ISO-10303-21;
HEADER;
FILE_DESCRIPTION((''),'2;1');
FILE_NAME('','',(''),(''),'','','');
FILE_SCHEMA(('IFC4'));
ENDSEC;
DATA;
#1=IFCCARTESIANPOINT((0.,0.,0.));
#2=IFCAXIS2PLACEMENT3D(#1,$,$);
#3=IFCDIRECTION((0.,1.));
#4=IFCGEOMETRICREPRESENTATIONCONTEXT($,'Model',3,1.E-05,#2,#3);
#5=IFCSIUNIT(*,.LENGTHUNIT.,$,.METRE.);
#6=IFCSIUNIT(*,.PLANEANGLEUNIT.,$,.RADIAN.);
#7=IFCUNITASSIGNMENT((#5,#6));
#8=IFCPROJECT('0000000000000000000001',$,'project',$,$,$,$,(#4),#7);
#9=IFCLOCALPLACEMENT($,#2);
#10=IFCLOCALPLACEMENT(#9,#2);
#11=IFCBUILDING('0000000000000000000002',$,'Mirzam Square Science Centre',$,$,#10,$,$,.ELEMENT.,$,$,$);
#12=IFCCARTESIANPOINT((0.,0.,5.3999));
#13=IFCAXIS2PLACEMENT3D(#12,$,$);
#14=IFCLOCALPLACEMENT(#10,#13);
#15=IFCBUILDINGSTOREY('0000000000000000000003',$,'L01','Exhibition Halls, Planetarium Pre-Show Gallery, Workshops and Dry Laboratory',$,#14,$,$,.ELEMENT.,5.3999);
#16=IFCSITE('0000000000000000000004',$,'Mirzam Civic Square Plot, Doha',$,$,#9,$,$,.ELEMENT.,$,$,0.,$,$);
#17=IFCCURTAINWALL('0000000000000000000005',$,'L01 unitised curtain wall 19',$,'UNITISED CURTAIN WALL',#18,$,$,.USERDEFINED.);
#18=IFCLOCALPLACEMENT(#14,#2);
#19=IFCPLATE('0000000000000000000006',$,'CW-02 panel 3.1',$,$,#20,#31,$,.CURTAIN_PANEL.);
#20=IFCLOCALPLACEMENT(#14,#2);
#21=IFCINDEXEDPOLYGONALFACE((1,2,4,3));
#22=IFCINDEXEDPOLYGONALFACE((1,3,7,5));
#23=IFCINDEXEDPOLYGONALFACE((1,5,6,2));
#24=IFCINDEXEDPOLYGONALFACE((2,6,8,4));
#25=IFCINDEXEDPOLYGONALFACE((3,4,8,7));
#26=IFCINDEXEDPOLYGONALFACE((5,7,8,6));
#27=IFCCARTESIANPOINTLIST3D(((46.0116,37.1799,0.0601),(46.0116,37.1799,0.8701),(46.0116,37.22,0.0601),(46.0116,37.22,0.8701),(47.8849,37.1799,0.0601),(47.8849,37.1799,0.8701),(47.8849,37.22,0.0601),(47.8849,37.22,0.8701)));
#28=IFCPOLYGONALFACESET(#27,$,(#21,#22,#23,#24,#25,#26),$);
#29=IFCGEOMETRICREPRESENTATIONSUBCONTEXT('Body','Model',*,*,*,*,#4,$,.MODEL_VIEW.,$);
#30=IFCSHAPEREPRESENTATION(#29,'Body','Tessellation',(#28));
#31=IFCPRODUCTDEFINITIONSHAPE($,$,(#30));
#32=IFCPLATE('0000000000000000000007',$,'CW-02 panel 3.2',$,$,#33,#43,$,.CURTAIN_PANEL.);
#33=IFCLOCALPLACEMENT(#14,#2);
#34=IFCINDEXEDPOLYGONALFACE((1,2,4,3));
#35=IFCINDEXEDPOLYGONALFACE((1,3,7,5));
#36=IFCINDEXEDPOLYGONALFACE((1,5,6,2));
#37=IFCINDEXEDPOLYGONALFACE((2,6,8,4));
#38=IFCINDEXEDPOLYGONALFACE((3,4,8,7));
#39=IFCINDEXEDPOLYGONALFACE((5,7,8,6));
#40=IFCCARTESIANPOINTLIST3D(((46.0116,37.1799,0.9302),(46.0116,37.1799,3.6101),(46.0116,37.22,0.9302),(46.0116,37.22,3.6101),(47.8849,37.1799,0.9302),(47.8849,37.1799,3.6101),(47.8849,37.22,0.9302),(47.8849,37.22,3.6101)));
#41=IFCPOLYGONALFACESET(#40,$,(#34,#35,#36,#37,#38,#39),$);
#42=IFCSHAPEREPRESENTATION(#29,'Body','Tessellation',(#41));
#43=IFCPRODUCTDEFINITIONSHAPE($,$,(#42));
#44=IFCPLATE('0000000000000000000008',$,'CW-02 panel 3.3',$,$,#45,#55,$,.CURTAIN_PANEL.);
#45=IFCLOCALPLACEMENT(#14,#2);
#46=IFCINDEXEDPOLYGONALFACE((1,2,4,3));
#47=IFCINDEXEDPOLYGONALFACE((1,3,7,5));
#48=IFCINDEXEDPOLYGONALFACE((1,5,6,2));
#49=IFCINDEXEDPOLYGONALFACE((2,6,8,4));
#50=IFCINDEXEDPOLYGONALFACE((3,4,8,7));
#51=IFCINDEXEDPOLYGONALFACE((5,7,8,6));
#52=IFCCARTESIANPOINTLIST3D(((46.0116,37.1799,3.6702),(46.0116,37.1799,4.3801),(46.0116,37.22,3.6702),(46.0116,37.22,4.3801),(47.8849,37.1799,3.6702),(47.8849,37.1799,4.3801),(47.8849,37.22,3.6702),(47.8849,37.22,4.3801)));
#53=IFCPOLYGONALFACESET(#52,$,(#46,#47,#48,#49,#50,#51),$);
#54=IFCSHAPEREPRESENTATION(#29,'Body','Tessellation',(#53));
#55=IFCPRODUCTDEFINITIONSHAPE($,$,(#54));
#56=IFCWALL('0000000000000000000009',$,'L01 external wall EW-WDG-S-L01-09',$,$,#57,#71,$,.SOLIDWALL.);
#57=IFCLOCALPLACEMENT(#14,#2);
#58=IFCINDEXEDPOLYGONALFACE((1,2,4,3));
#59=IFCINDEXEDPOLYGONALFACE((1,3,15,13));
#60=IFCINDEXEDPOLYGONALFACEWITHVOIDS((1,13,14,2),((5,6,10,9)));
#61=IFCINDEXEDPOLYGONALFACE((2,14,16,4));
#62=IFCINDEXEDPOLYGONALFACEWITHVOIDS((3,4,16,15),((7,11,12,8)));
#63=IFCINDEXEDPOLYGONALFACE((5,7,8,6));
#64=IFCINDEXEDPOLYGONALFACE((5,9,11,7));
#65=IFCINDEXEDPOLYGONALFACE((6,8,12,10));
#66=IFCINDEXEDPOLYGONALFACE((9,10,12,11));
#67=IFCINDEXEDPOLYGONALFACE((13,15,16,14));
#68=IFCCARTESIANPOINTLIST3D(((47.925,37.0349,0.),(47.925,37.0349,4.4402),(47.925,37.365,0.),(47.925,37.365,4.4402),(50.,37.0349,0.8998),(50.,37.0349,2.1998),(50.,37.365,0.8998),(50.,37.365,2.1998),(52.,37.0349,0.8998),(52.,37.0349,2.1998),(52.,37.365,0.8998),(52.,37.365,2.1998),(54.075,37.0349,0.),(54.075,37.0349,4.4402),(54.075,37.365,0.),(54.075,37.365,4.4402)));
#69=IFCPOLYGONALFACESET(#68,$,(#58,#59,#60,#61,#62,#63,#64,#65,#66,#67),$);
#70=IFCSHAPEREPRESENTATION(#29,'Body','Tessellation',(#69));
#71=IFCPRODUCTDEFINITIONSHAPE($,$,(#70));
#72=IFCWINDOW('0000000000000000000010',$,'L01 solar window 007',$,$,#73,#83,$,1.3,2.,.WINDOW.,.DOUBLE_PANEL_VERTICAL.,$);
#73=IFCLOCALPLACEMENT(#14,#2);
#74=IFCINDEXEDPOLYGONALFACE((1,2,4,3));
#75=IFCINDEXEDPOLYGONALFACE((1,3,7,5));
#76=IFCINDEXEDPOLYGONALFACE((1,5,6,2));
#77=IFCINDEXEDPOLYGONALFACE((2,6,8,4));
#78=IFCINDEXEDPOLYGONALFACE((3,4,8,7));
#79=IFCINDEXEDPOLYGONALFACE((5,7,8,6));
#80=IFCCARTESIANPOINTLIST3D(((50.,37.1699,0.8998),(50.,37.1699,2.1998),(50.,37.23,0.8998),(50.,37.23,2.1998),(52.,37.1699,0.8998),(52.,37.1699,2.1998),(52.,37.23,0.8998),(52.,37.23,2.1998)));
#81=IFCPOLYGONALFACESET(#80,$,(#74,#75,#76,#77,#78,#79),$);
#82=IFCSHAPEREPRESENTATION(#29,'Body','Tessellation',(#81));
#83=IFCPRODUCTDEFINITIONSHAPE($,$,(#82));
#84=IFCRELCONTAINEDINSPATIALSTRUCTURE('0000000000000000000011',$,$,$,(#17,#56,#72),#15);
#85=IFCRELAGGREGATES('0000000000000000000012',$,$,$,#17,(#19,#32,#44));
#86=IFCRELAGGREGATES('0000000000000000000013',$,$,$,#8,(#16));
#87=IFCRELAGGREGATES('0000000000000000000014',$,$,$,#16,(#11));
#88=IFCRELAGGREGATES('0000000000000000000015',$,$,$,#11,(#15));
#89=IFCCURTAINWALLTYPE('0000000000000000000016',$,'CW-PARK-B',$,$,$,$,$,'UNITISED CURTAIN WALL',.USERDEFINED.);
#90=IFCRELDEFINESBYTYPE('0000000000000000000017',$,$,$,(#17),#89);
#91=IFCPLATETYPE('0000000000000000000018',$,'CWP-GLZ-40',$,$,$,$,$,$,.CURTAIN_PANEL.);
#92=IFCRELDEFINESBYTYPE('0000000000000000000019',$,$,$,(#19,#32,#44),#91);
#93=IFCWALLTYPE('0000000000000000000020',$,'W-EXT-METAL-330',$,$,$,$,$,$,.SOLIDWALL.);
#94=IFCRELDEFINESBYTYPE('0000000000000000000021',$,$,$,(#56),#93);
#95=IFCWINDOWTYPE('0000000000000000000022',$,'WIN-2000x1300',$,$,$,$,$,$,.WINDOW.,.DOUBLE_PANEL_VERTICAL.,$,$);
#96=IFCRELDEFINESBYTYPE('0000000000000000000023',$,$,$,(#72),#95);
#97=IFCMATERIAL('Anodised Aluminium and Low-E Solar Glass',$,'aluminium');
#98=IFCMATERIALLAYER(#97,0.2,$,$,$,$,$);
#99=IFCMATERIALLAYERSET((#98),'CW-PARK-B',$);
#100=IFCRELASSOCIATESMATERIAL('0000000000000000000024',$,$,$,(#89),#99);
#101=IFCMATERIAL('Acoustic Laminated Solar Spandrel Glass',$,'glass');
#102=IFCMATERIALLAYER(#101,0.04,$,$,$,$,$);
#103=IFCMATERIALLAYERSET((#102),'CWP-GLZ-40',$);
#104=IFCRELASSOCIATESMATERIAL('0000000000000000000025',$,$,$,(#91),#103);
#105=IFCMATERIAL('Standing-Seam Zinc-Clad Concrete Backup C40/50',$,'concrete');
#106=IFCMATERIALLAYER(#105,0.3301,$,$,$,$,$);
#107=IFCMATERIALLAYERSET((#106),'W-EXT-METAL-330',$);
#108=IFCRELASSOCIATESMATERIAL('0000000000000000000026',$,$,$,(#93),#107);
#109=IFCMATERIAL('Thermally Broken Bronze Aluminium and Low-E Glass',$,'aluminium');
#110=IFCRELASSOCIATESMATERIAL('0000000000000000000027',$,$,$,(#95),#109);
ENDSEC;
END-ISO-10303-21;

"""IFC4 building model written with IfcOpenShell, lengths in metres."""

from ifc_helpers import new_model, si_unit, direction, frame, frame_2d, origin, origin_2d, place, context, subcontext, project, spatial, rectangle, extrude, material, layer, layer_set, type_object, element, fill, aggregate, save


model = new_model("IFC4")

# Units and contexts
model_context = context("Model", 3, precision=1e-05, world=origin(), true_north=direction((0.0, 1.0)))
body_context = subcontext(model_context, "Body", "Model", "MODEL_VIEW")
ifc_project = project(units=[si_unit("LENGTHUNIT", "METRE"), si_unit("PLANEANGLEUNIT", "RADIAN")], contexts=[model_context])

# Site, building, storey
site_placement = place(None, origin())
site = spatial("IfcSite", under=ifc_project, at=site_placement, Name="Mirzam Civic Square Plot, Doha", CompositionType="ELEMENT", RefElevation=0.0)
building_placement = place(site_placement, origin())
building = spatial("IfcBuilding", under=site, at=building_placement, Name="Mirzam Square Science Centre", CompositionType="ELEMENT")
storey_placement = place(building_placement, frame((0.0, 0.0, 5.3999)))
storey = spatial("IfcBuildingStorey", under=building, at=storey_placement, Name="L01", Description="Exhibition Halls, Planetarium Pre-Show Gallery, Workshops and Dry Laboratory", CompositionType="ELEMENT", Elevation=5.3999)

# Curtain wall
ifc_material_1 = material(Name="Anodised Aluminium and Low-E Solar Glass", Category="aluminium")
ifc_layer_1 = layer(ifc_material_1, 0.2)
ifc_layer_set_1 = layer_set([ifc_layer_1], Name="CW-PARK-B")
curtain_wall_type_1 = type_object("IfcCurtainWallType", Name="CW-PARK-B", ElementType="UNITISED CURTAIN WALL", PredefinedType="USERDEFINED", material=ifc_layer_set_1)
curtain_wall_1_placement = place(storey_placement, origin())
curtain_wall_1 = element("IfcCurtainWall", 1, at=curtain_wall_1_placement, inside=storey, type_object=curtain_wall_type_1, Name="L01 unitised curtain wall 19", ObjectType="UNITISED CURTAIN WALL", PredefinedType="USERDEFINED")

# Plates
ifc_material_2 = material(Name="Acoustic Laminated Solar Spandrel Glass", Category="glass")
ifc_layer_2 = layer(ifc_material_2, 0.04)
ifc_layer_set_2 = layer_set([ifc_layer_2], Name="CWP-GLZ-40")
plate_type = type_object("IfcPlateType", Name="CWP-GLZ-40", PredefinedType="CURTAIN_PANEL", material=ifc_layer_set_2)
plate_1_placement = place(storey_placement, frame((46.9482, 37.2, 0.0601), z_axis=(0.0, 0.0, 1.0), x_axis=(1.0, 0.0, 0.0)))
plate_1 = element("IfcPlate", 2, at=plate_1_placement, type_object=plate_type, Name="CW-02 panel 3.1", PredefinedType="CURTAIN_PANEL", context=body_context, shape_type="SweptSolid", body=[
    extrude(rectangle(XDim=1.8733, YDim=0.04, at=origin_2d()), origin(), (0.0, 0.0, 1.0), 0.8101),
])
plate_2_placement = place(storey_placement, frame((46.9482, 37.2, 0.9302), z_axis=(0.0, 0.0, 1.0), x_axis=(1.0, 0.0, 0.0)))
plate_2 = element("IfcPlate", 3, at=plate_2_placement, type_object=plate_type, Name="CW-02 panel 3.2", PredefinedType="CURTAIN_PANEL", context=body_context, shape_type="SweptSolid", body=[
    extrude(rectangle(XDim=1.8733, YDim=0.04, at=origin_2d()), origin(), (0.0, 0.0, 1.0), 2.6799),
])
plate_3_placement = place(storey_placement, frame((46.9482, 37.2, 3.6702), z_axis=(0.0, 0.0, 1.0), x_axis=(1.0, 0.0, 0.0)))
plate_3 = element("IfcPlate", 4, at=plate_3_placement, type_object=plate_type, Name="CW-02 panel 3.3", PredefinedType="CURTAIN_PANEL", context=body_context, shape_type="SweptSolid", body=[
    extrude(rectangle(XDim=1.8733, YDim=0.04, at=origin_2d()), origin(), (0.0, 0.0, 1.0), 0.71),
])
aggregate(curtain_wall_1, [plate_1, plate_2, plate_3])

# Wall, opening, window
ifc_material_3 = material(Name="Standing-Seam Zinc-Clad Concrete Backup C40/50", Category="concrete")
ifc_layer_3 = layer(ifc_material_3, 0.3301)
ifc_layer_set_3 = layer_set([ifc_layer_3], Name="W-EXT-METAL-330")
wall_type = type_object("IfcWallType", Name="W-EXT-METAL-330", PredefinedType="SOLIDWALL", material=ifc_layer_set_3)
wall_placement = place(storey_placement, frame((47.925, 37.2, 0.0), z_axis=(0.0, 0.0, 1.0), x_axis=(1.0, 0.0, 0.0)))
wall = element("IfcWall", 5, at=wall_placement, inside=storey, type_object=wall_type, Name="L01 external wall EW-WDG-S-L01-09", PredefinedType="SOLIDWALL", context=body_context, shape_type="SweptSolid", body=[
    extrude(rectangle(XDim=6.1499, YDim=0.3301, at=frame_2d((3.075, 0.0))), origin(), (0.0, 0.0, 1.0), 4.4402),
])
opening_placement = place(wall_placement, frame((2.075, 0.0, 0.8999)))
opening = element("IfcOpeningElement", 6, at=opening_placement, cuts=wall, PredefinedType="OPENING", context=body_context, shape_type="SweptSolid", body=[
    extrude(rectangle(XDim=2.0, YDim=1.3, at=frame_2d((1.0, 0.6499))), frame((0.0, 0.175, 0.0), z_axis=(0.0, -1.0, 0.0), x_axis=(1.0, 0.0, 0.0)), (0.0, 0.0, 1.0), 0.3501),
])
ifc_material_4 = material(Name="Thermally Broken Bronze Aluminium and Low-E Glass", Category="aluminium")
window_type = type_object("IfcWindowType", Name="WIN-2000x1300", PartitioningType="DOUBLE_PANEL_VERTICAL", PredefinedType="WINDOW", material=ifc_material_4)
window_placement = place(opening_placement, origin())
window = element("IfcWindow", 7, at=window_placement, inside=storey, type_object=window_type, Name="L01 solar window 007", OverallHeight=1.3, OverallWidth=2.0, PartitioningType="DOUBLE_PANEL_VERTICAL", PredefinedType="WINDOW", context=body_context, shape_type="SweptSolid", body=[
    extrude(rectangle(XDim=2.0, YDim=1.3, at=frame_2d((1.0, 0.6499))), frame((0.0, 0.03, 0.0), z_axis=(0.0, -1.0, 0.0), x_axis=(1.0, 0.0, 0.0)), (0.0, 0.0, 1.0), 0.0601),
])
fill(opening, window)

save(model, "model.ifc")
